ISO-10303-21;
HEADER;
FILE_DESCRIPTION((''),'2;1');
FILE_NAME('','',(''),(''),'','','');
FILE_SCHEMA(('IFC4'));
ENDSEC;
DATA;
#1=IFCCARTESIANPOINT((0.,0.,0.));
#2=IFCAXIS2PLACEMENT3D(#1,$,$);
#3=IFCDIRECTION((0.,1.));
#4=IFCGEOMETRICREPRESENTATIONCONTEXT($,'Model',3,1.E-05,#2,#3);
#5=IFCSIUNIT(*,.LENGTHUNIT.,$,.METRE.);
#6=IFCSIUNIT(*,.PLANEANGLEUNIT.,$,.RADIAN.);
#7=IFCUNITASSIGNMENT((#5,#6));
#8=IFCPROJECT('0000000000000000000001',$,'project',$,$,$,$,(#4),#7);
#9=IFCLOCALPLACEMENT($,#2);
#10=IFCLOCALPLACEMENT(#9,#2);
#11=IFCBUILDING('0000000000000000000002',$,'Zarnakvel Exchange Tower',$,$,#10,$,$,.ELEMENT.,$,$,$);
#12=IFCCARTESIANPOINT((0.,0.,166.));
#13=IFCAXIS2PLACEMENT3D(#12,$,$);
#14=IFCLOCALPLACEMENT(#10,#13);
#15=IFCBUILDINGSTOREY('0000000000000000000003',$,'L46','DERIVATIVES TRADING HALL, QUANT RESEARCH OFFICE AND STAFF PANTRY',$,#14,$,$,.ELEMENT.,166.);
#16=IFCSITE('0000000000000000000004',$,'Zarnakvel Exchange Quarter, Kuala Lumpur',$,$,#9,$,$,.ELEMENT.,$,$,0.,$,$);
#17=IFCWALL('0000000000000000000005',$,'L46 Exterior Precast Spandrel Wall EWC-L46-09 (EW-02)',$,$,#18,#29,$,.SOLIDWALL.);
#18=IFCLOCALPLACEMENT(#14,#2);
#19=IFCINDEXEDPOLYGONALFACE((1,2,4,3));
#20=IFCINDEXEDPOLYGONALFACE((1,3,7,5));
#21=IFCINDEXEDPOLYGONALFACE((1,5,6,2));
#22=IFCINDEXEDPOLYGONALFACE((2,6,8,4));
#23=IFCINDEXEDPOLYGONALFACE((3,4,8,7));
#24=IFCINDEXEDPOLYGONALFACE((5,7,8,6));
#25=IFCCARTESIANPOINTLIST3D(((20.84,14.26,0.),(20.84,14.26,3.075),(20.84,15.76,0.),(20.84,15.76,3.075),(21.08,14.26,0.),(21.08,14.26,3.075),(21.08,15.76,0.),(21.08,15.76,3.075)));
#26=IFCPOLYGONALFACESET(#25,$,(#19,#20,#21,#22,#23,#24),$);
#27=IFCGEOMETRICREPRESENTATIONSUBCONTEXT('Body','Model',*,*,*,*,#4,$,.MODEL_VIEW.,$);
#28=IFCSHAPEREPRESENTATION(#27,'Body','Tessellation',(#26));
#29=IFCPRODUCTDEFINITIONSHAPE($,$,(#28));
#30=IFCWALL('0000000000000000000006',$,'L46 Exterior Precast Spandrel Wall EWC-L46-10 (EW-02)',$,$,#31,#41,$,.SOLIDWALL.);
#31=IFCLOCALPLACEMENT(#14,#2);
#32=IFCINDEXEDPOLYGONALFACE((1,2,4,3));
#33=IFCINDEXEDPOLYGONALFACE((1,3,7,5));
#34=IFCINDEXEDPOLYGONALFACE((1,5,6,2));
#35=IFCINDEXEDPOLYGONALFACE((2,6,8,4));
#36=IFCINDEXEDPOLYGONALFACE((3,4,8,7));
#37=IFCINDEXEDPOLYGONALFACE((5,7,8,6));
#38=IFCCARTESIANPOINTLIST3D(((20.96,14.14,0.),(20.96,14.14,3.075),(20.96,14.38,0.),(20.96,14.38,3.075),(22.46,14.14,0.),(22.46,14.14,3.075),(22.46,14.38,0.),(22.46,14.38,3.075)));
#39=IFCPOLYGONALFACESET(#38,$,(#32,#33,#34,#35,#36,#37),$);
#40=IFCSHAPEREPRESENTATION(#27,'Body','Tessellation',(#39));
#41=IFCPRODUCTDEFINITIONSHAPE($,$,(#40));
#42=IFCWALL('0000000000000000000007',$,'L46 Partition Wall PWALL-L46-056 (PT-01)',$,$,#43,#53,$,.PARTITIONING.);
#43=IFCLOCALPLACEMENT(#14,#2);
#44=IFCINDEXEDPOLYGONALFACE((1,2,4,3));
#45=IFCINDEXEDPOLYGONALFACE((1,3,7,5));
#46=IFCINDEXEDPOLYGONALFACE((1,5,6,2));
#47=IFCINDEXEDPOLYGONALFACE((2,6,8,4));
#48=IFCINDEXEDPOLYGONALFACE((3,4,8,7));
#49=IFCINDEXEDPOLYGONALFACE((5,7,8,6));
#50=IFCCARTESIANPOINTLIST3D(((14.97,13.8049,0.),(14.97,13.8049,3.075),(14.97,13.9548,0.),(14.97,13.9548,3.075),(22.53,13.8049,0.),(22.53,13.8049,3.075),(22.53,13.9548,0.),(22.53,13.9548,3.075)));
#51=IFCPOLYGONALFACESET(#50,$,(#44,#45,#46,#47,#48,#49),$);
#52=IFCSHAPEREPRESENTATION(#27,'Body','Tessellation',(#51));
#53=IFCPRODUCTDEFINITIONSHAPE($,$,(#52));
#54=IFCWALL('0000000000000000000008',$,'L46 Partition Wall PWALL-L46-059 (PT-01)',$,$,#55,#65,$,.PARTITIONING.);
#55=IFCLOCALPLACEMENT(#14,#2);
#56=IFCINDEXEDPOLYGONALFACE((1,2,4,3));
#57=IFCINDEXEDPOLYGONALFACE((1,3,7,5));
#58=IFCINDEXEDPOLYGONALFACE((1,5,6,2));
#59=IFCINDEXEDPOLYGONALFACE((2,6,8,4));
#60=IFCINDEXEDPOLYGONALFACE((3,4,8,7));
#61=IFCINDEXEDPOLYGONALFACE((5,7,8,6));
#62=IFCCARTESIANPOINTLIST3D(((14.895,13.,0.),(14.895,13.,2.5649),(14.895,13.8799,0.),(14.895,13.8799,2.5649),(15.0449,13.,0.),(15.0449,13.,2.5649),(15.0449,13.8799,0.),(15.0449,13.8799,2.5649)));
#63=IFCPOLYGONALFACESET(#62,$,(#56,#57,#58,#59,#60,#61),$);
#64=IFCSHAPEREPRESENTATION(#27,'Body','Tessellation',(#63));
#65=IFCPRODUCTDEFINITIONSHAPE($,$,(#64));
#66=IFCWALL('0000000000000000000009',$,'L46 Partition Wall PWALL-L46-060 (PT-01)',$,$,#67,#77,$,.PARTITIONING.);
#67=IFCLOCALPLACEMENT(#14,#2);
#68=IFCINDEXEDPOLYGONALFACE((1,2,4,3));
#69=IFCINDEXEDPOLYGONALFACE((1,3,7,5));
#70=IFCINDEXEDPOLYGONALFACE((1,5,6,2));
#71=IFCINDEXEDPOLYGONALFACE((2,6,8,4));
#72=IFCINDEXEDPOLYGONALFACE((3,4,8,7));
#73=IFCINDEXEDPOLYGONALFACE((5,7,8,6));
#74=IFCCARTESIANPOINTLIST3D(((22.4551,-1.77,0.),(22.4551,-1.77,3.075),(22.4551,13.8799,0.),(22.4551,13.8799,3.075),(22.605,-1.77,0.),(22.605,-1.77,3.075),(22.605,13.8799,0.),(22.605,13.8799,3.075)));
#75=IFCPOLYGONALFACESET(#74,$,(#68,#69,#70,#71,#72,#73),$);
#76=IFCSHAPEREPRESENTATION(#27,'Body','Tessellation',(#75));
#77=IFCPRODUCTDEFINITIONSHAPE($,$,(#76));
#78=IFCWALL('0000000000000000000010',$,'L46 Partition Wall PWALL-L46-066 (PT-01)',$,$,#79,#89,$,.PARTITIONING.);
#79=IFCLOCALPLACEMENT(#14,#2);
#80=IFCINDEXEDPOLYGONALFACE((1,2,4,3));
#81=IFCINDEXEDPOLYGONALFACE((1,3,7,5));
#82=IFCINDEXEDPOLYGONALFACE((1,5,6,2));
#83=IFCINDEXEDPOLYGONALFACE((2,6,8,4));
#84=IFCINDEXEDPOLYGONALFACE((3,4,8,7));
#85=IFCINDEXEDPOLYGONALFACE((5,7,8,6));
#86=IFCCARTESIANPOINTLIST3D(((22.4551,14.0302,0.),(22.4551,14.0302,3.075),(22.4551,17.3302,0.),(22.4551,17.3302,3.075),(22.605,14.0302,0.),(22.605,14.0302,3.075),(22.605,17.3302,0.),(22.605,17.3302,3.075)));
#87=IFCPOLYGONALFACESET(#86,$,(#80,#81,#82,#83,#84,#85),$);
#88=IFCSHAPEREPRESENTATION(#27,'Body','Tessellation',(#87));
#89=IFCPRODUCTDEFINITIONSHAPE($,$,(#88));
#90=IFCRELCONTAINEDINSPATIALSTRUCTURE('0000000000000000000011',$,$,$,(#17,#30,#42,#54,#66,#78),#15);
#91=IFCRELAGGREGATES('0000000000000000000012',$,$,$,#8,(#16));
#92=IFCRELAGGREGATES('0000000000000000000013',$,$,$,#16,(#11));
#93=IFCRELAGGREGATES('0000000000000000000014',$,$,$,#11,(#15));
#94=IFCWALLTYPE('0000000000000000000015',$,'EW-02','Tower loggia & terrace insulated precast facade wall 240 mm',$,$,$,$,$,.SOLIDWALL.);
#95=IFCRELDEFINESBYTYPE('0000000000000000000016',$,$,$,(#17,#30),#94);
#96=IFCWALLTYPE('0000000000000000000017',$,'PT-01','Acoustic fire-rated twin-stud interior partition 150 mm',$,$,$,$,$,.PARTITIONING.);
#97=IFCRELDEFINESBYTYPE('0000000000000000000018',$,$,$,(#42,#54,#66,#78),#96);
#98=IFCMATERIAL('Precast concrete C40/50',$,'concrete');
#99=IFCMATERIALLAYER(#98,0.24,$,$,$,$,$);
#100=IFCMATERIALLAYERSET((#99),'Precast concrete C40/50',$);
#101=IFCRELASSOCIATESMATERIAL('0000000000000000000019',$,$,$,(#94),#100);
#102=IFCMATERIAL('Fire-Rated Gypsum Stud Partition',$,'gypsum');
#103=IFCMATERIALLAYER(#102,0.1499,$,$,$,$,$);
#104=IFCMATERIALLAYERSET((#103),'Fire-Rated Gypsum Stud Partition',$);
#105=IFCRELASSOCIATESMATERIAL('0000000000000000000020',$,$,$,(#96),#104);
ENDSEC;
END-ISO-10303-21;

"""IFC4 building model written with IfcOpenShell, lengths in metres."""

from ifc_helpers import new_model, si_unit, direction, frame, frame_2d, origin, place, context, subcontext, project, spatial, rectangle, extrude, material, layer, layer_set, type_object, element, save


model = new_model("IFC4")

# Units and contexts
model_context = context("Model", 3, precision=1e-05, world=origin(), true_north=direction((0.0, 1.0)))
body_context = subcontext(model_context, "Body", "Model", "MODEL_VIEW")
ifc_project = project(units=[si_unit("LENGTHUNIT", "METRE"), si_unit("PLANEANGLEUNIT", "RADIAN")], contexts=[model_context])

# Site, building, storey
site_placement = place(None, origin())
site = spatial("IfcSite", under=ifc_project, at=site_placement, Name="Zarnakvel Exchange Quarter, Kuala Lumpur", CompositionType="ELEMENT", RefElevation=0.0)
building_placement = place(site_placement, origin())
building = spatial("IfcBuilding", under=site, at=building_placement, Name="Zarnakvel Exchange Tower", CompositionType="ELEMENT")
storey_placement = place(building_placement, frame((0.0, 0.0, 166.0)))
storey = spatial("IfcBuildingStorey", under=building, at=storey_placement, Name="L46", Description="DERIVATIVES TRADING HALL, QUANT RESEARCH OFFICE AND STAFF PANTRY", CompositionType="ELEMENT", Elevation=166.0)

# Walls
ifc_material_1 = material(Name="Precast concrete C40/50", Category="concrete")
ifc_layer_1 = layer(ifc_material_1, 0.24)
ifc_layer_set_1 = layer_set([ifc_layer_1], Name="Precast concrete C40/50")
wall_type_1 = type_object("IfcWallType", Name="EW-02", Description="Tower loggia & terrace insulated precast facade wall 240 mm", PredefinedType="SOLIDWALL", material=ifc_layer_set_1)
for number, where, z_axis, x_axis, name in (
    (1, (20.96, 14.26, 0.0), (0.0, 0.0, 1.0), (0.0, 1.0, 0.0), "L46 Exterior Precast Spandrel Wall EWC-L46-09 (EW-02)"),
    (2, (22.46, 14.26, 0.0), (0.0, 0.0, 1.0), (-1.0, 0.0, 0.0), "L46 Exterior Precast Spandrel Wall EWC-L46-10 (EW-02)"),
):
    element("IfcWall", number, at=place(storey_placement, frame(where, z_axis=z_axis, x_axis=x_axis)), inside=storey, type_object=wall_type_1, Name=name, PredefinedType="SOLIDWALL", context=body_context, shape_type="SweptSolid", body=[
        extrude(rectangle(XDim=1.5, YDim=0.24, at=frame_2d((0.75, 0.0))), origin(), (0.0, 0.0, 1.0), 3.075),
    ])
ifc_material_2 = material(Name="Fire-Rated Gypsum Stud Partition", Category="gypsum")
ifc_layer_2 = layer(ifc_material_2, 0.1499)
ifc_layer_set_2 = layer_set([ifc_layer_2], Name="Fire-Rated Gypsum Stud Partition")
wall_type_2 = type_object("IfcWallType", Name="PT-01", Description="Acoustic fire-rated twin-stud interior partition 150 mm", PredefinedType="PARTITIONING", material=ifc_layer_set_2)
wall_1_placement = place(storey_placement, frame((14.97, 13.8799, 0.0), z_axis=(0.0, 0.0, 1.0), x_axis=(1.0, 0.0, 0.0)))
element("IfcWall", 3, at=wall_1_placement, inside=storey, type_object=wall_type_2, Name="L46 Partition Wall PWALL-L46-056 (PT-01)", PredefinedType="PARTITIONING", context=body_context, shape_type="SweptSolid", body=[
    extrude(rectangle(XDim=7.5601, YDim=0.1499, at=frame_2d((3.78, 0.0))), origin(), (0.0, 0.0, 1.0), 3.075),
])
wall_2_placement = place(storey_placement, frame((14.97, 13.0, 0.0), z_axis=(0.0, 0.0, 1.0), x_axis=(0.0, 1.0, 0.0)))
element("IfcWall", 4, at=wall_2_placement, inside=storey, type_object=wall_type_2, Name="L46 Partition Wall PWALL-L46-059 (PT-01)", PredefinedType="PARTITIONING", context=body_context, shape_type="SweptSolid", body=[
    extrude(rectangle(XDim=0.8799, YDim=0.1499, at=frame_2d((0.4399, 0.0))), origin(), (0.0, 0.0, 1.0), 2.5649),
])
wall_3_placement = place(storey_placement, frame((22.53, 13.8799, 0.0), z_axis=(0.0, 0.0, 1.0), x_axis=(0.0, -1.0, 0.0)))
element("IfcWall", 5, at=wall_3_placement, inside=storey, type_object=wall_type_2, Name="L46 Partition Wall PWALL-L46-060 (PT-01)", PredefinedType="PARTITIONING", context=body_context, shape_type="SweptSolid", body=[
    extrude(rectangle(XDim=15.6499, YDim=0.1499, at=frame_2d((7.825, 0.0))), origin(), (0.0, 0.0, 1.0), 3.075),
])
wall_4_placement = place(storey_placement, frame((22.53, 17.3301, 0.0), z_axis=(0.0, 0.0, 1.0), x_axis=(0.0, -1.0, 0.0)))
element("IfcWall", 6, at=wall_4_placement, inside=storey, type_object=wall_type_2, Name="L46 Partition Wall PWALL-L46-066 (PT-01)", PredefinedType="PARTITIONING", context=body_context, shape_type="SweptSolid", body=[
    extrude(rectangle(XDim=3.3, YDim=0.1499, at=frame_2d((1.6499, 0.0))), origin(), (0.0, 0.0, 1.0), 3.075),
])

save(model, "model.ifc")
